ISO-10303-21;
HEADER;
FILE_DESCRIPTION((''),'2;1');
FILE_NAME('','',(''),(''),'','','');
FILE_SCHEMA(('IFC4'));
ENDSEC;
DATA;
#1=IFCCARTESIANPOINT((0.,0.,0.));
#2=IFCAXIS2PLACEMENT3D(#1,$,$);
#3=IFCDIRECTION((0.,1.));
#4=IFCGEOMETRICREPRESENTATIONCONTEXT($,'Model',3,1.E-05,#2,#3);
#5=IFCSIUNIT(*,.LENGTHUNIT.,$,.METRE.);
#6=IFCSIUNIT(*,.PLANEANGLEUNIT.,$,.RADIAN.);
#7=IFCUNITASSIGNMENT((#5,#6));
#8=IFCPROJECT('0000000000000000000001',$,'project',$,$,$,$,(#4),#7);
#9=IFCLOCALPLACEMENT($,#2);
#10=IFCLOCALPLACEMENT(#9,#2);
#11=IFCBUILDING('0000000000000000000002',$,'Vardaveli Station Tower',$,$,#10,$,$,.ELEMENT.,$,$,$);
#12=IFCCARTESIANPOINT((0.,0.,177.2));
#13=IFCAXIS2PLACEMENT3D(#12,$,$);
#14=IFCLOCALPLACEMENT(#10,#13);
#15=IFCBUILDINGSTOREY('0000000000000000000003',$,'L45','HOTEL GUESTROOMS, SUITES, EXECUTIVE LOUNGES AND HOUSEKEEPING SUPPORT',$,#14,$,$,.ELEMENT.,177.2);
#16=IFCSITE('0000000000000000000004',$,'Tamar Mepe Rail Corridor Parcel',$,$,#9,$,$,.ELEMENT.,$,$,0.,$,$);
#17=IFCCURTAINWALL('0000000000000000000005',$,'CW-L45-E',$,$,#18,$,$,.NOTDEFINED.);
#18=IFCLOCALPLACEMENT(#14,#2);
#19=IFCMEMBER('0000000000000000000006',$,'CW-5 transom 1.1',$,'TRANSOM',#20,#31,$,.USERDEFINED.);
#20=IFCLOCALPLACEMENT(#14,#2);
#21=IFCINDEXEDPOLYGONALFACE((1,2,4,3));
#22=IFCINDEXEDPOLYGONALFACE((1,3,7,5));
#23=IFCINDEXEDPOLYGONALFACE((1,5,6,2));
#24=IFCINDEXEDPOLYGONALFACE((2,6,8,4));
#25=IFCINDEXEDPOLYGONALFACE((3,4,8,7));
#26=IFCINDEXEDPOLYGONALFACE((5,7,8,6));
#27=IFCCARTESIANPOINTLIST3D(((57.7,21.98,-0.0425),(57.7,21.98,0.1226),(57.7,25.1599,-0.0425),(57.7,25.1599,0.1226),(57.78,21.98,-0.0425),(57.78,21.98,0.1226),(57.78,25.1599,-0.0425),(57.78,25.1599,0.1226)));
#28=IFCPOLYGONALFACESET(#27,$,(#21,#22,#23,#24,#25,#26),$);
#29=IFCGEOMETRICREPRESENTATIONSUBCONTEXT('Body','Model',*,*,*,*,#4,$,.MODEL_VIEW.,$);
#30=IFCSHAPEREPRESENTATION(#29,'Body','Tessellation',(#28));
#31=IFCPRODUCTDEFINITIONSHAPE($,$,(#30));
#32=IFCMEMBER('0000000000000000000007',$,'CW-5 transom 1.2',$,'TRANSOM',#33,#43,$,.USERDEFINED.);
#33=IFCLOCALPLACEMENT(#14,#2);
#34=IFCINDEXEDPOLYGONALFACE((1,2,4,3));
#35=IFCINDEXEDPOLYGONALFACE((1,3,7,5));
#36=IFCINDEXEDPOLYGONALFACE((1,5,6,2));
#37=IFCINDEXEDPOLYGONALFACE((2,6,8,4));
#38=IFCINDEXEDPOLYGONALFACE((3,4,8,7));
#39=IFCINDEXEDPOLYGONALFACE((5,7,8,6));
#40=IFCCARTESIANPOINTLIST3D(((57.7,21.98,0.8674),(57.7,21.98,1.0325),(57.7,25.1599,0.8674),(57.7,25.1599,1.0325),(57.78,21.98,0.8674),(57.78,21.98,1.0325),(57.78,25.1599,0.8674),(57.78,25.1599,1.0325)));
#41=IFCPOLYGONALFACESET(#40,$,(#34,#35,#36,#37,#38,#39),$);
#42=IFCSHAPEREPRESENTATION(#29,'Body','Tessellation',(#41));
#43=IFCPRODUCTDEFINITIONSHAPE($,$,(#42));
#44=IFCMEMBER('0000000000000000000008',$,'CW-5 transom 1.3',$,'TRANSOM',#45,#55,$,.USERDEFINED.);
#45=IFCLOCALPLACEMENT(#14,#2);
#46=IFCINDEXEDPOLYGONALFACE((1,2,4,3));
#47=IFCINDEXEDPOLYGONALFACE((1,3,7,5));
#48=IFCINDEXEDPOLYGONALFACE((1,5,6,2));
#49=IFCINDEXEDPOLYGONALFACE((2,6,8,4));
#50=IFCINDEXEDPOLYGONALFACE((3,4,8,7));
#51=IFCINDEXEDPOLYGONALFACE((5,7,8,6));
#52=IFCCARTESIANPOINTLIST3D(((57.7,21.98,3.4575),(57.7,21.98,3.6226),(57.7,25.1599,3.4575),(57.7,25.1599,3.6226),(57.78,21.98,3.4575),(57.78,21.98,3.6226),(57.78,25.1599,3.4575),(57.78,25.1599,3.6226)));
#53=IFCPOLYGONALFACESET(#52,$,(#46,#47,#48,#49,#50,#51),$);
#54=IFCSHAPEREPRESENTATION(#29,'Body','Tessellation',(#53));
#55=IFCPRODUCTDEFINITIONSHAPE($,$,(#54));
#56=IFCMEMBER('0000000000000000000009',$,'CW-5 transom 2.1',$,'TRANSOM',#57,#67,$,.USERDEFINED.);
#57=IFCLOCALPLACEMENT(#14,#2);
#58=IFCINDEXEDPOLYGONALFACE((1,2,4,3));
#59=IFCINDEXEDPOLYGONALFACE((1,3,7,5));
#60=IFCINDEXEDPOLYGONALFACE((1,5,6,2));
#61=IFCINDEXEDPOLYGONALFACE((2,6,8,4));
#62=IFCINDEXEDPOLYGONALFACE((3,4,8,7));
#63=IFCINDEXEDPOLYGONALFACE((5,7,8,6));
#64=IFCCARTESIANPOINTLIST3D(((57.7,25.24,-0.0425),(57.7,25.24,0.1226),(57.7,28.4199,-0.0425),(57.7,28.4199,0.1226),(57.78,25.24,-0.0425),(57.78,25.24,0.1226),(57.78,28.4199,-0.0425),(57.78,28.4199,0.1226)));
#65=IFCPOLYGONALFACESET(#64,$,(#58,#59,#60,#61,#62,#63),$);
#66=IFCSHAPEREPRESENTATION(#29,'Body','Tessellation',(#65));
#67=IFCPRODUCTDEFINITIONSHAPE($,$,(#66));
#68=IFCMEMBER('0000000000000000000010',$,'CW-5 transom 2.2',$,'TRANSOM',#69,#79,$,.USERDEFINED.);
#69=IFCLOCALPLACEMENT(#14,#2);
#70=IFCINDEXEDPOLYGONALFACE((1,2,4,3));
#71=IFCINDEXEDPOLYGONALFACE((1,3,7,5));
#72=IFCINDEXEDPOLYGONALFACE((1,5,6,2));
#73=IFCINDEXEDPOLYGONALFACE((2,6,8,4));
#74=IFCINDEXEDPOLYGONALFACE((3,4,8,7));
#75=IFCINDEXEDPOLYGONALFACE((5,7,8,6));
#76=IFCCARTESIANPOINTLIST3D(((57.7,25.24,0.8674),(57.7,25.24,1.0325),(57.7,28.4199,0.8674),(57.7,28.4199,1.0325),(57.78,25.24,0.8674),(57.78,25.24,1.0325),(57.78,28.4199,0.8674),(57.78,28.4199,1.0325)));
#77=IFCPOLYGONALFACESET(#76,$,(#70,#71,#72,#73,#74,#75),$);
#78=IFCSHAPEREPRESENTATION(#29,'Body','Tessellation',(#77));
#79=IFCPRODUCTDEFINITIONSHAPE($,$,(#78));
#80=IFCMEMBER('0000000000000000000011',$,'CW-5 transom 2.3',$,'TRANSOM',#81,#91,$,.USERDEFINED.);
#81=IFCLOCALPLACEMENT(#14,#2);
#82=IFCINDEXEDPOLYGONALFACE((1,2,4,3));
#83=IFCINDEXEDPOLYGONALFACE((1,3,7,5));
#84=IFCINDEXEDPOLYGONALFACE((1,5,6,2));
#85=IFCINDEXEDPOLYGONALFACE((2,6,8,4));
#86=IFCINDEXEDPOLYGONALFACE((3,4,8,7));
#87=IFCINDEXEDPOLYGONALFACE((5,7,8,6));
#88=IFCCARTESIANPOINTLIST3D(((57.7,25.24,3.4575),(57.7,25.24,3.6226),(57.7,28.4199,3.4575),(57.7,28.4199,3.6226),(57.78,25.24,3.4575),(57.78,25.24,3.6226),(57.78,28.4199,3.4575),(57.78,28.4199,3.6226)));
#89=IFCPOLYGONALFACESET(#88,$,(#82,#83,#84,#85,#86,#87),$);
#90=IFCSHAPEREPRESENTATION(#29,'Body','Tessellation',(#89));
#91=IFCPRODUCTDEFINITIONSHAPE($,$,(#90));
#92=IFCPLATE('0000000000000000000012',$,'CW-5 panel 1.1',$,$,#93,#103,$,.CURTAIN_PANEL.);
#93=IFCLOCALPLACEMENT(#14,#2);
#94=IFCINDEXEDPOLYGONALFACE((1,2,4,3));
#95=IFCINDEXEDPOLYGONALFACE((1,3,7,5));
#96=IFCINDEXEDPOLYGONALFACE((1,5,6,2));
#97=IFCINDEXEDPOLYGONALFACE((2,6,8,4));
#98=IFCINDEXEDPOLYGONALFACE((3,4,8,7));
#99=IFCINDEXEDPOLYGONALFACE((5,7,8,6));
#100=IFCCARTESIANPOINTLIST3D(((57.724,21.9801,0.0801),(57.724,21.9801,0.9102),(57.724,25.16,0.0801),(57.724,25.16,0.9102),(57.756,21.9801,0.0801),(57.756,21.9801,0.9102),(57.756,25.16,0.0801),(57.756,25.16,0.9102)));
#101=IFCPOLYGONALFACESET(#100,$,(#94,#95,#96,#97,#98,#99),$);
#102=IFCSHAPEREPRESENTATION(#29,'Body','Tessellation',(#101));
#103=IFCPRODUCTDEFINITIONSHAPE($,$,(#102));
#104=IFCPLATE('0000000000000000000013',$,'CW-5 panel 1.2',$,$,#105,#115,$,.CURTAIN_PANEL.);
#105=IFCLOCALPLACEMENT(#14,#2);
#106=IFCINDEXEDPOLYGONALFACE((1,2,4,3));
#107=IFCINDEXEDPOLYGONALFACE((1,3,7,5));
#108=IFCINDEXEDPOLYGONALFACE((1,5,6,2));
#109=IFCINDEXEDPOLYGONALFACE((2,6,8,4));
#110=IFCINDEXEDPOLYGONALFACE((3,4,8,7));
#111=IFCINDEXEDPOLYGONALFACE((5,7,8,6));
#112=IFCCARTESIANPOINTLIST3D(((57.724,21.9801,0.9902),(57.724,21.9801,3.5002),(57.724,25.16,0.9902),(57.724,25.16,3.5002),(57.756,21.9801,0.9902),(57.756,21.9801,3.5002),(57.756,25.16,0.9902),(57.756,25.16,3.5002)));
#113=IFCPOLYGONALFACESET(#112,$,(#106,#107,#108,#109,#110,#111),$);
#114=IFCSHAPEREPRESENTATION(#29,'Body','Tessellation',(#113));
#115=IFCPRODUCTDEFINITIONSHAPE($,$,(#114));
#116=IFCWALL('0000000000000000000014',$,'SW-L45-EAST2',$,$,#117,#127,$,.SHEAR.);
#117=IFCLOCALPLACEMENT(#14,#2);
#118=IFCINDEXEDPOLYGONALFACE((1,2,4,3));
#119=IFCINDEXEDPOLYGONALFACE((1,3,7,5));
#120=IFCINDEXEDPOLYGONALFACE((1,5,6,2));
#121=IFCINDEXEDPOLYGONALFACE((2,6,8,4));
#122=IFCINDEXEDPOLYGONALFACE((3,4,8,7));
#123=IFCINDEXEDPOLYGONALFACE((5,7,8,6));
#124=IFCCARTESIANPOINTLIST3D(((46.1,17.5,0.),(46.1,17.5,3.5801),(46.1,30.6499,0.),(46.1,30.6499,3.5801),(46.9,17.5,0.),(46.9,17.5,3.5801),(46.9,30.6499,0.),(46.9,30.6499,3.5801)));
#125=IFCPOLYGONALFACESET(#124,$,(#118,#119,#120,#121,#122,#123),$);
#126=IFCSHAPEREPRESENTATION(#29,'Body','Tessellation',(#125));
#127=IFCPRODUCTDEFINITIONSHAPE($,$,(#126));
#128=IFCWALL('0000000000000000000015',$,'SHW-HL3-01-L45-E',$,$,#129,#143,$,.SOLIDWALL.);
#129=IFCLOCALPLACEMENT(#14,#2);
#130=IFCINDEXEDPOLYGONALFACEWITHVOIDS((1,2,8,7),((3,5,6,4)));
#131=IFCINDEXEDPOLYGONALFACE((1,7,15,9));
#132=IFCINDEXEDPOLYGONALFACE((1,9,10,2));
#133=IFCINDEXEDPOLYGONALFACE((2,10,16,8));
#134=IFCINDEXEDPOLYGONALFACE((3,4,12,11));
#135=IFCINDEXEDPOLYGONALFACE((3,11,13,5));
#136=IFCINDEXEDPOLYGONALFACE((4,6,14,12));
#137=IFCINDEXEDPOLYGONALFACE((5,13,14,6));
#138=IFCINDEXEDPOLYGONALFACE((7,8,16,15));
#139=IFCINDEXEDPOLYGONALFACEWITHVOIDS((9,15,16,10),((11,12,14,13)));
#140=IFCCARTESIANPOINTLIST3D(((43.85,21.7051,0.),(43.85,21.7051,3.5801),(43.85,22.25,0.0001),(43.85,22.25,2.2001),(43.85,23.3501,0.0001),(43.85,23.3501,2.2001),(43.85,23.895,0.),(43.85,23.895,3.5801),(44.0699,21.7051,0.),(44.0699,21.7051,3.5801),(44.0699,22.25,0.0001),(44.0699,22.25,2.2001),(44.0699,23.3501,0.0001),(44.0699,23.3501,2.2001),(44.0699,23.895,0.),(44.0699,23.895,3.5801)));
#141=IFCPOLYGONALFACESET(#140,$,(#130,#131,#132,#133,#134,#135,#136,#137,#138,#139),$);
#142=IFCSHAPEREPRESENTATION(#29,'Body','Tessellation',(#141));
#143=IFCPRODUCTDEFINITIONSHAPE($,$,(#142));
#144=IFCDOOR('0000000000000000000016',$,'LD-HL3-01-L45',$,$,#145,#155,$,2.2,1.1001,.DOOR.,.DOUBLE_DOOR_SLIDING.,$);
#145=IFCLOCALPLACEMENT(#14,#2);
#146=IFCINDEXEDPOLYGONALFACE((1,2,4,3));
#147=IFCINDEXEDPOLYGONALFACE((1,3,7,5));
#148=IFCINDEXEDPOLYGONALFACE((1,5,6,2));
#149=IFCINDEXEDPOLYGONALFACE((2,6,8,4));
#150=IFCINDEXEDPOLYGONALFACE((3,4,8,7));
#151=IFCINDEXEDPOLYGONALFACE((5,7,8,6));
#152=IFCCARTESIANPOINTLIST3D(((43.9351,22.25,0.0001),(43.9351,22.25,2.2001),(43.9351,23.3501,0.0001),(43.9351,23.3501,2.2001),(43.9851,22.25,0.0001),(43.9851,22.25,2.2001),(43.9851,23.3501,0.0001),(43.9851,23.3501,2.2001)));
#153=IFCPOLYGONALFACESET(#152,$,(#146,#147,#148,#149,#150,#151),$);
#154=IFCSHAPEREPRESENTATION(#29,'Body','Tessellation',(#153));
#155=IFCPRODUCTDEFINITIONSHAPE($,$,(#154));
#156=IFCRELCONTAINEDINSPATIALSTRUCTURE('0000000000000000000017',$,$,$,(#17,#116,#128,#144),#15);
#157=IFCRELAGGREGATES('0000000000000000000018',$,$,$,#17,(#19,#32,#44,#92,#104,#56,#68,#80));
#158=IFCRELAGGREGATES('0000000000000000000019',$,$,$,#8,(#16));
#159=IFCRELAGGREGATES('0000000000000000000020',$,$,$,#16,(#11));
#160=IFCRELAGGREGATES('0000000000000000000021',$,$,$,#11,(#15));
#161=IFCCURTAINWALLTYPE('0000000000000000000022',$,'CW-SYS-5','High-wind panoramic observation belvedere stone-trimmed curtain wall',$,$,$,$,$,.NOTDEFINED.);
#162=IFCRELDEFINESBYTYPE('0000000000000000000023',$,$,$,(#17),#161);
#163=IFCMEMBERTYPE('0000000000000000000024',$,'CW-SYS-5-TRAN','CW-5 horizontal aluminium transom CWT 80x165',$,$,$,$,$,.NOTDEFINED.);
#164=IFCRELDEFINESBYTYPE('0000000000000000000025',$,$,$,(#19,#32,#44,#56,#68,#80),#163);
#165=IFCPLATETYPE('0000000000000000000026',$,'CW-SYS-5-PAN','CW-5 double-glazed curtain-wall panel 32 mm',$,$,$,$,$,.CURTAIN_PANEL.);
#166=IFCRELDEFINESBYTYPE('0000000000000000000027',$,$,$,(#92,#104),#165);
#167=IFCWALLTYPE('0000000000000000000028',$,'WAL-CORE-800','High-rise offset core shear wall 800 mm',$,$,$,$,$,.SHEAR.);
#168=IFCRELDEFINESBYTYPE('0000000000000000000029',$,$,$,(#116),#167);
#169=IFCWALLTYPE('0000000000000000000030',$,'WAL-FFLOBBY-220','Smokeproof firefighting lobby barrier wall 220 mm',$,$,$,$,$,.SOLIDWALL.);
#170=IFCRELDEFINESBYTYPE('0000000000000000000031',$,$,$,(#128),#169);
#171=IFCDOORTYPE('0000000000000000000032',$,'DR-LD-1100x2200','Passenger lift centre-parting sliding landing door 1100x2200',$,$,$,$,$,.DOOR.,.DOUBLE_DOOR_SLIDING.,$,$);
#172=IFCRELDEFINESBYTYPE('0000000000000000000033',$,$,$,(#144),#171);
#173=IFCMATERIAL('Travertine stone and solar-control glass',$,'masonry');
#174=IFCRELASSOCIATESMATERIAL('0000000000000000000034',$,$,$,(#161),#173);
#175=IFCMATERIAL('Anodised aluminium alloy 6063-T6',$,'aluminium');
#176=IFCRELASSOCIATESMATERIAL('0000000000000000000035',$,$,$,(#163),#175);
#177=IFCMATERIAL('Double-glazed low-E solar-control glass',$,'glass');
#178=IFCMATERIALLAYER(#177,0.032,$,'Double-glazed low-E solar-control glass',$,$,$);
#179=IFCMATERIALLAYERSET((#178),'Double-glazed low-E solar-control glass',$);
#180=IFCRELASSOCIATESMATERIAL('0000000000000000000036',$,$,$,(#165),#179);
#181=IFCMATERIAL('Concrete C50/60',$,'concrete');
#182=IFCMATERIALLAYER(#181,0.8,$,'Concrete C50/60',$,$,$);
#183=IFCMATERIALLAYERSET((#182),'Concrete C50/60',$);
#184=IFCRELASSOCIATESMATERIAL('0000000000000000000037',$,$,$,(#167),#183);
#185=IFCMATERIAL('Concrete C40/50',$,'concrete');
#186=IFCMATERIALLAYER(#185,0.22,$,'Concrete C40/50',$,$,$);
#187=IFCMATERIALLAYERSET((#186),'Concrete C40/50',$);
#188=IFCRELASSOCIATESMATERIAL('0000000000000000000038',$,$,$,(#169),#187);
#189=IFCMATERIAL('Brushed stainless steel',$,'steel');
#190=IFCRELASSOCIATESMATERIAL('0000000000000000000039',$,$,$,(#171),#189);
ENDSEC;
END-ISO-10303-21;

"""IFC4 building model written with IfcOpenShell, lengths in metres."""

from ifc_helpers import new_model, si_unit, direction, frame, frame_2d, origin, origin_2d, place, context, subcontext, project, spatial, rectangle, extrude, source, transform, mapped, material, layer, layer_set, material_profile, profile_set, type_object, element, fill, aggregate, save


model = new_model("IFC4")

# Units and contexts
model_context = context("Model", 3, precision=1e-05, world=origin(), true_north=direction((0.0, 1.0)))
body_context = subcontext(model_context, "Body", "Model", "MODEL_VIEW")
ifc_project = project(units=[si_unit("LENGTHUNIT", "METRE"), si_unit("PLANEANGLEUNIT", "RADIAN")], contexts=[model_context])

# Site, building, storey
site_placement = place(None, origin())
site = spatial("IfcSite", under=ifc_project, at=site_placement, Name="Tamar Mepe Rail Corridor Parcel", CompositionType="ELEMENT", RefElevation=0.0)
building_placement = place(site_placement, origin())
building = spatial("IfcBuilding", under=site, at=building_placement, Name="Vardaveli Station Tower", CompositionType="ELEMENT")
storey_placement = place(building_placement, frame((0.0, 0.0, 177.2)))
storey = spatial("IfcBuildingStorey", under=building, at=storey_placement, Name="L45", Description="HOTEL GUESTROOMS, SUITES, EXECUTIVE LOUNGES AND HOUSEKEEPING SUPPORT", CompositionType="ELEMENT", Elevation=177.2)

# Curtain wall, members, plates
ifc_material_1 = material(Name="Travertine stone and solar-control glass", Category="masonry")
curtain_wall_type = type_object("IfcCurtainWallType", Name="CW-SYS-5", Description="High-wind panoramic observation belvedere stone-trimmed curtain wall", PredefinedType="NOTDEFINED", material=ifc_material_1)
curtain_wall_placement = place(storey_placement, origin())
curtain_wall = element("IfcCurtainWall", 1, at=curtain_wall_placement, inside=storey, type_object=curtain_wall_type, Name="CW-L45-E", PredefinedType="NOTDEFINED")
ifc_material_2 = material(Name="Anodised aluminium alloy 6063-T6", Category="aluminium")
ifc_material_profile_1 = material_profile(ifc_material_2, rectangle(XDim=0.0801, YDim=0.165, at=origin_2d()), Name="CWT 80x165")
ifc_profile_set_1 = profile_set([ifc_material_profile_1], Name="Anodised aluminium alloy 6063-T6")
member_type_1 = type_object("IfcMemberType", Name="CW-SYS-5-TRAN", Description="CW-5 horizontal aluminium transom CWT 80x165", PredefinedType="NOTDEFINED", material=ifc_profile_set_1)
shared_shape_1 = source(origin(), body_context, "Body", "SweptSolid", [
    extrude(rectangle(XDim=0.0801, YDim=0.165, at=origin_2d()), origin(), (0.0, 0.0, 1.0), 3.1799),
])
member_1_placement = place(storey_placement, frame((57.74, 21.98, 0.04), z_axis=(0.0, 1.0, 0.0), x_axis=(-1.0, 0.0, 0.0)))
member_1 = element("IfcMember", 2, at=member_1_placement, type_object=member_type_1, Name="CW-5 transom 1.1", ObjectType="TRANSOM", PredefinedType="USERDEFINED", context=body_context, shape_type="MappedRepresentation", body=[
    mapped(shared_shape_1, transform((0.0, 0.0, 0.0), scale=1.0)),
])
member_2_placement = place(storey_placement, frame((57.74, 21.98, 0.95), z_axis=(0.0, 1.0, 0.0), x_axis=(-1.0, 0.0, 0.0)))
member_2 = element("IfcMember", 3, at=member_2_placement, type_object=member_type_1, Name="CW-5 transom 1.2", ObjectType="TRANSOM", PredefinedType="USERDEFINED", context=body_context, shape_type="MappedRepresentation", body=[
    mapped(shared_shape_1, transform((0.0, 0.0, 0.0), scale=1.0)),
])
member_3_placement = place(storey_placement, frame((57.74, 21.98, 3.54), z_axis=(0.0, 1.0, 0.0), x_axis=(-1.0, 0.0, 0.0)))
member_3 = element("IfcMember", 4, at=member_3_placement, type_object=member_type_1, Name="CW-5 transom 1.3", ObjectType="TRANSOM", PredefinedType="USERDEFINED", context=body_context, shape_type="MappedRepresentation", body=[
    mapped(shared_shape_1, transform((0.0, 0.0, 0.0), scale=1.0)),
])
member_4_placement = place(storey_placement, frame((57.74, 25.24, 0.04), z_axis=(0.0, 1.0, 0.0), x_axis=(-1.0, 0.0, 0.0)))
member_4 = element("IfcMember", 5, at=member_4_placement, type_object=member_type_1, Name="CW-5 transom 2.1", ObjectType="TRANSOM", PredefinedType="USERDEFINED", context=body_context, shape_type="MappedRepresentation", body=[
    mapped(shared_shape_1, transform((0.0, 0.0, 0.0), scale=1.0)),
])
member_5_placement = place(storey_placement, frame((57.74, 25.24, 0.95), z_axis=(0.0, 1.0, 0.0), x_axis=(-1.0, 0.0, 0.0)))
member_5 = element("IfcMember", 6, at=member_5_placement, type_object=member_type_1, Name="CW-5 transom 2.2", ObjectType="TRANSOM", PredefinedType="USERDEFINED", context=body_context, shape_type="MappedRepresentation", body=[
    mapped(shared_shape_1, transform((0.0, 0.0, 0.0), scale=1.0)),
])
member_6_placement = place(storey_placement, frame((57.74, 25.24, 3.54), z_axis=(0.0, 1.0, 0.0), x_axis=(-1.0, 0.0, 0.0)))
member_6 = element("IfcMember", 7, at=member_6_placement, type_object=member_type_1, Name="CW-5 transom 2.3", ObjectType="TRANSOM", PredefinedType="USERDEFINED", context=body_context, shape_type="MappedRepresentation", body=[
    mapped(shared_shape_1, transform((0.0, 0.0, 0.0), scale=1.0)),
])
ifc_material_3 = material(Name="Double-glazed low-E solar-control glass", Category="glass")
ifc_layer_1 = layer(ifc_material_3, 0.032, Name="Double-glazed low-E solar-control glass")
ifc_layer_set_1 = layer_set([ifc_layer_1], Name="Double-glazed low-E solar-control glass")
plate_type = type_object("IfcPlateType", Name="CW-SYS-5-PAN", Description="CW-5 double-glazed curtain-wall panel 32 mm", PredefinedType="CURTAIN_PANEL", material=ifc_layer_set_1)
shared_shape_2 = source(origin(), body_context, "Body", "SweptSolid", [
    extrude(rectangle(XDim=3.1799, YDim=0.032, at=origin_2d()), origin(), (0.0, 0.0, 1.0), 0.8301),
])
plate_1_placement = place(storey_placement, frame((57.74, 23.5701, 0.0801), z_axis=(0.0, 0.0, 1.0), x_axis=(0.0, 1.0, 0.0)))
plate_1 = element("IfcPlate", 8, at=plate_1_placement, type_object=plate_type, Name="CW-5 panel 1.1", PredefinedType="CURTAIN_PANEL", context=body_context, shape_type="MappedRepresentation", body=[
    mapped(shared_shape_2, transform((0.0, 0.0, 0.0), scale=1.0)),
])
shared_shape_3 = source(origin(), body_context, "Body", "SweptSolid", [
    extrude(rectangle(XDim=3.1799, YDim=0.032, at=origin_2d()), origin(), (0.0, 0.0, 1.0), 2.51),
])
plate_2_placement = place(storey_placement, frame((57.74, 23.5701, 0.9902), z_axis=(0.0, 0.0, 1.0), x_axis=(0.0, 1.0, 0.0)))
plate_2 = element("IfcPlate", 9, at=plate_2_placement, type_object=plate_type, Name="CW-5 panel 1.2", PredefinedType="CURTAIN_PANEL", context=body_context, shape_type="MappedRepresentation", body=[
    mapped(shared_shape_3, transform((0.0, 0.0, 0.0), scale=1.0)),
])
aggregate(curtain_wall, [member_1, member_2, member_3, plate_1, plate_2, member_4, member_5, member_6])

# Wall
ifc_material_4 = material(Name="Concrete C50/60", Category="concrete")
ifc_layer_2 = layer(ifc_material_4, 0.8, Name="Concrete C50/60")
ifc_layer_set_2 = layer_set([ifc_layer_2], Name="Concrete C50/60")
wall_type_1 = type_object("IfcWallType", Name="WAL-CORE-800", Description="High-rise offset core shear wall 800 mm", PredefinedType="SHEAR", material=ifc_layer_set_2)
shared_shape_4 = source(origin(), body_context, "Body", "SweptSolid", [
    extrude(rectangle(XDim=13.1499, YDim=0.8, at=frame_2d((6.575, 0.0))), origin(), (0.0, 0.0, 1.0), 3.5801),
])
wall_1_placement = place(storey_placement, frame((46.5, 17.5, 0.0), z_axis=(0.0, 0.0, 1.0), x_axis=(0.0, 1.0, 0.0)))
element("IfcWall", 10, at=wall_1_placement, inside=storey, type_object=wall_type_1, Name="SW-L45-EAST2", PredefinedType="SHEAR", context=body_context, shape_type="MappedRepresentation", body=[
    mapped(shared_shape_4, transform((0.0, 0.0, 0.0), scale=1.0)),
])

# Wall, opening, door
ifc_material_5 = material(Name="Concrete C40/50", Category="concrete")
ifc_layer_3 = layer(ifc_material_5, 0.22, Name="Concrete C40/50")
ifc_layer_set_3 = layer_set([ifc_layer_3], Name="Concrete C40/50")
wall_type_2 = type_object("IfcWallType", Name="WAL-FFLOBBY-220", Description="Smokeproof firefighting lobby barrier wall 220 mm", PredefinedType="SOLIDWALL", material=ifc_layer_set_3)
shared_shape_5 = source(origin(), body_context, "Body", "SweptSolid", [
    extrude(rectangle(XDim=2.1899, YDim=0.22, at=frame_2d((1.095, 0.0))), origin(), (0.0, 0.0, 1.0), 3.5801),
])
wall_2_placement = place(storey_placement, frame((43.96, 21.7051, 0.0), z_axis=(0.0, 0.0, 1.0), x_axis=(0.0, 1.0, 0.0)))
wall_2 = element("IfcWall", 11, at=wall_2_placement, inside=storey, type_object=wall_type_2, Name="SHW-HL3-01-L45-E", PredefinedType="SOLIDWALL", context=body_context, shape_type="MappedRepresentation", body=[
    mapped(shared_shape_5, transform((0.0, 0.0, 0.0), scale=1.0)),
])
shared_shape_6 = source(origin(), body_context, "Body", "SweptSolid", [
    extrude(rectangle(XDim=1.1001, YDim=2.2, at=frame_2d((0.55, 1.1001))), frame((0.0, 0.1201, 0.0), z_axis=(0.0, -1.0, 0.0), x_axis=(1.0, 0.0, 0.0)), (0.0, 0.0, 1.0), 0.24),
])
opening_1_placement = place(wall_2_placement, frame((0.5449, 0.0, 0.0)))
opening_1 = element("IfcOpeningElement", 12, at=opening_1_placement, cuts=wall_2, PredefinedType="OPENING", context=body_context, shape_type="MappedRepresentation", body=[
    mapped(shared_shape_6, transform((0.0, 0.0, 0.0), scale=1.0)),
])
ifc_material_6 = material(Name="Brushed stainless steel", Category="steel")
door_type = type_object("IfcDoorType", Name="DR-LD-1100x2200", Description="Passenger lift centre-parting sliding landing door 1100x2200", OperationType="DOUBLE_DOOR_SLIDING", PredefinedType="DOOR", material=ifc_material_6)
shared_shape_7 = source(origin(), body_context, "Body", "SweptSolid", [
    extrude(rectangle(XDim=1.1001, YDim=2.2, at=frame_2d((0.55, 1.1001))), frame((0.0, 0.0249, 0.0), z_axis=(0.0, -1.0, 0.0), x_axis=(1.0, 0.0, 0.0)), (0.0, 0.0, 1.0), 0.05),
])
door_1_placement = place(opening_1_placement, origin())
door_1 = element("IfcDoor", 13, at=door_1_placement, inside=storey, type_object=door_type, Name="LD-HL3-01-L45", OperationType="DOUBLE_DOOR_SLIDING", OverallHeight=2.2, OverallWidth=1.1001, PredefinedType="DOOR", context=body_context, shape_type="MappedRepresentation", body=[
    mapped(shared_shape_7, transform((0.0, 0.0, 0.0), scale=1.0)),
])
fill(opening_1, door_1)

save(model, "model.ifc")
